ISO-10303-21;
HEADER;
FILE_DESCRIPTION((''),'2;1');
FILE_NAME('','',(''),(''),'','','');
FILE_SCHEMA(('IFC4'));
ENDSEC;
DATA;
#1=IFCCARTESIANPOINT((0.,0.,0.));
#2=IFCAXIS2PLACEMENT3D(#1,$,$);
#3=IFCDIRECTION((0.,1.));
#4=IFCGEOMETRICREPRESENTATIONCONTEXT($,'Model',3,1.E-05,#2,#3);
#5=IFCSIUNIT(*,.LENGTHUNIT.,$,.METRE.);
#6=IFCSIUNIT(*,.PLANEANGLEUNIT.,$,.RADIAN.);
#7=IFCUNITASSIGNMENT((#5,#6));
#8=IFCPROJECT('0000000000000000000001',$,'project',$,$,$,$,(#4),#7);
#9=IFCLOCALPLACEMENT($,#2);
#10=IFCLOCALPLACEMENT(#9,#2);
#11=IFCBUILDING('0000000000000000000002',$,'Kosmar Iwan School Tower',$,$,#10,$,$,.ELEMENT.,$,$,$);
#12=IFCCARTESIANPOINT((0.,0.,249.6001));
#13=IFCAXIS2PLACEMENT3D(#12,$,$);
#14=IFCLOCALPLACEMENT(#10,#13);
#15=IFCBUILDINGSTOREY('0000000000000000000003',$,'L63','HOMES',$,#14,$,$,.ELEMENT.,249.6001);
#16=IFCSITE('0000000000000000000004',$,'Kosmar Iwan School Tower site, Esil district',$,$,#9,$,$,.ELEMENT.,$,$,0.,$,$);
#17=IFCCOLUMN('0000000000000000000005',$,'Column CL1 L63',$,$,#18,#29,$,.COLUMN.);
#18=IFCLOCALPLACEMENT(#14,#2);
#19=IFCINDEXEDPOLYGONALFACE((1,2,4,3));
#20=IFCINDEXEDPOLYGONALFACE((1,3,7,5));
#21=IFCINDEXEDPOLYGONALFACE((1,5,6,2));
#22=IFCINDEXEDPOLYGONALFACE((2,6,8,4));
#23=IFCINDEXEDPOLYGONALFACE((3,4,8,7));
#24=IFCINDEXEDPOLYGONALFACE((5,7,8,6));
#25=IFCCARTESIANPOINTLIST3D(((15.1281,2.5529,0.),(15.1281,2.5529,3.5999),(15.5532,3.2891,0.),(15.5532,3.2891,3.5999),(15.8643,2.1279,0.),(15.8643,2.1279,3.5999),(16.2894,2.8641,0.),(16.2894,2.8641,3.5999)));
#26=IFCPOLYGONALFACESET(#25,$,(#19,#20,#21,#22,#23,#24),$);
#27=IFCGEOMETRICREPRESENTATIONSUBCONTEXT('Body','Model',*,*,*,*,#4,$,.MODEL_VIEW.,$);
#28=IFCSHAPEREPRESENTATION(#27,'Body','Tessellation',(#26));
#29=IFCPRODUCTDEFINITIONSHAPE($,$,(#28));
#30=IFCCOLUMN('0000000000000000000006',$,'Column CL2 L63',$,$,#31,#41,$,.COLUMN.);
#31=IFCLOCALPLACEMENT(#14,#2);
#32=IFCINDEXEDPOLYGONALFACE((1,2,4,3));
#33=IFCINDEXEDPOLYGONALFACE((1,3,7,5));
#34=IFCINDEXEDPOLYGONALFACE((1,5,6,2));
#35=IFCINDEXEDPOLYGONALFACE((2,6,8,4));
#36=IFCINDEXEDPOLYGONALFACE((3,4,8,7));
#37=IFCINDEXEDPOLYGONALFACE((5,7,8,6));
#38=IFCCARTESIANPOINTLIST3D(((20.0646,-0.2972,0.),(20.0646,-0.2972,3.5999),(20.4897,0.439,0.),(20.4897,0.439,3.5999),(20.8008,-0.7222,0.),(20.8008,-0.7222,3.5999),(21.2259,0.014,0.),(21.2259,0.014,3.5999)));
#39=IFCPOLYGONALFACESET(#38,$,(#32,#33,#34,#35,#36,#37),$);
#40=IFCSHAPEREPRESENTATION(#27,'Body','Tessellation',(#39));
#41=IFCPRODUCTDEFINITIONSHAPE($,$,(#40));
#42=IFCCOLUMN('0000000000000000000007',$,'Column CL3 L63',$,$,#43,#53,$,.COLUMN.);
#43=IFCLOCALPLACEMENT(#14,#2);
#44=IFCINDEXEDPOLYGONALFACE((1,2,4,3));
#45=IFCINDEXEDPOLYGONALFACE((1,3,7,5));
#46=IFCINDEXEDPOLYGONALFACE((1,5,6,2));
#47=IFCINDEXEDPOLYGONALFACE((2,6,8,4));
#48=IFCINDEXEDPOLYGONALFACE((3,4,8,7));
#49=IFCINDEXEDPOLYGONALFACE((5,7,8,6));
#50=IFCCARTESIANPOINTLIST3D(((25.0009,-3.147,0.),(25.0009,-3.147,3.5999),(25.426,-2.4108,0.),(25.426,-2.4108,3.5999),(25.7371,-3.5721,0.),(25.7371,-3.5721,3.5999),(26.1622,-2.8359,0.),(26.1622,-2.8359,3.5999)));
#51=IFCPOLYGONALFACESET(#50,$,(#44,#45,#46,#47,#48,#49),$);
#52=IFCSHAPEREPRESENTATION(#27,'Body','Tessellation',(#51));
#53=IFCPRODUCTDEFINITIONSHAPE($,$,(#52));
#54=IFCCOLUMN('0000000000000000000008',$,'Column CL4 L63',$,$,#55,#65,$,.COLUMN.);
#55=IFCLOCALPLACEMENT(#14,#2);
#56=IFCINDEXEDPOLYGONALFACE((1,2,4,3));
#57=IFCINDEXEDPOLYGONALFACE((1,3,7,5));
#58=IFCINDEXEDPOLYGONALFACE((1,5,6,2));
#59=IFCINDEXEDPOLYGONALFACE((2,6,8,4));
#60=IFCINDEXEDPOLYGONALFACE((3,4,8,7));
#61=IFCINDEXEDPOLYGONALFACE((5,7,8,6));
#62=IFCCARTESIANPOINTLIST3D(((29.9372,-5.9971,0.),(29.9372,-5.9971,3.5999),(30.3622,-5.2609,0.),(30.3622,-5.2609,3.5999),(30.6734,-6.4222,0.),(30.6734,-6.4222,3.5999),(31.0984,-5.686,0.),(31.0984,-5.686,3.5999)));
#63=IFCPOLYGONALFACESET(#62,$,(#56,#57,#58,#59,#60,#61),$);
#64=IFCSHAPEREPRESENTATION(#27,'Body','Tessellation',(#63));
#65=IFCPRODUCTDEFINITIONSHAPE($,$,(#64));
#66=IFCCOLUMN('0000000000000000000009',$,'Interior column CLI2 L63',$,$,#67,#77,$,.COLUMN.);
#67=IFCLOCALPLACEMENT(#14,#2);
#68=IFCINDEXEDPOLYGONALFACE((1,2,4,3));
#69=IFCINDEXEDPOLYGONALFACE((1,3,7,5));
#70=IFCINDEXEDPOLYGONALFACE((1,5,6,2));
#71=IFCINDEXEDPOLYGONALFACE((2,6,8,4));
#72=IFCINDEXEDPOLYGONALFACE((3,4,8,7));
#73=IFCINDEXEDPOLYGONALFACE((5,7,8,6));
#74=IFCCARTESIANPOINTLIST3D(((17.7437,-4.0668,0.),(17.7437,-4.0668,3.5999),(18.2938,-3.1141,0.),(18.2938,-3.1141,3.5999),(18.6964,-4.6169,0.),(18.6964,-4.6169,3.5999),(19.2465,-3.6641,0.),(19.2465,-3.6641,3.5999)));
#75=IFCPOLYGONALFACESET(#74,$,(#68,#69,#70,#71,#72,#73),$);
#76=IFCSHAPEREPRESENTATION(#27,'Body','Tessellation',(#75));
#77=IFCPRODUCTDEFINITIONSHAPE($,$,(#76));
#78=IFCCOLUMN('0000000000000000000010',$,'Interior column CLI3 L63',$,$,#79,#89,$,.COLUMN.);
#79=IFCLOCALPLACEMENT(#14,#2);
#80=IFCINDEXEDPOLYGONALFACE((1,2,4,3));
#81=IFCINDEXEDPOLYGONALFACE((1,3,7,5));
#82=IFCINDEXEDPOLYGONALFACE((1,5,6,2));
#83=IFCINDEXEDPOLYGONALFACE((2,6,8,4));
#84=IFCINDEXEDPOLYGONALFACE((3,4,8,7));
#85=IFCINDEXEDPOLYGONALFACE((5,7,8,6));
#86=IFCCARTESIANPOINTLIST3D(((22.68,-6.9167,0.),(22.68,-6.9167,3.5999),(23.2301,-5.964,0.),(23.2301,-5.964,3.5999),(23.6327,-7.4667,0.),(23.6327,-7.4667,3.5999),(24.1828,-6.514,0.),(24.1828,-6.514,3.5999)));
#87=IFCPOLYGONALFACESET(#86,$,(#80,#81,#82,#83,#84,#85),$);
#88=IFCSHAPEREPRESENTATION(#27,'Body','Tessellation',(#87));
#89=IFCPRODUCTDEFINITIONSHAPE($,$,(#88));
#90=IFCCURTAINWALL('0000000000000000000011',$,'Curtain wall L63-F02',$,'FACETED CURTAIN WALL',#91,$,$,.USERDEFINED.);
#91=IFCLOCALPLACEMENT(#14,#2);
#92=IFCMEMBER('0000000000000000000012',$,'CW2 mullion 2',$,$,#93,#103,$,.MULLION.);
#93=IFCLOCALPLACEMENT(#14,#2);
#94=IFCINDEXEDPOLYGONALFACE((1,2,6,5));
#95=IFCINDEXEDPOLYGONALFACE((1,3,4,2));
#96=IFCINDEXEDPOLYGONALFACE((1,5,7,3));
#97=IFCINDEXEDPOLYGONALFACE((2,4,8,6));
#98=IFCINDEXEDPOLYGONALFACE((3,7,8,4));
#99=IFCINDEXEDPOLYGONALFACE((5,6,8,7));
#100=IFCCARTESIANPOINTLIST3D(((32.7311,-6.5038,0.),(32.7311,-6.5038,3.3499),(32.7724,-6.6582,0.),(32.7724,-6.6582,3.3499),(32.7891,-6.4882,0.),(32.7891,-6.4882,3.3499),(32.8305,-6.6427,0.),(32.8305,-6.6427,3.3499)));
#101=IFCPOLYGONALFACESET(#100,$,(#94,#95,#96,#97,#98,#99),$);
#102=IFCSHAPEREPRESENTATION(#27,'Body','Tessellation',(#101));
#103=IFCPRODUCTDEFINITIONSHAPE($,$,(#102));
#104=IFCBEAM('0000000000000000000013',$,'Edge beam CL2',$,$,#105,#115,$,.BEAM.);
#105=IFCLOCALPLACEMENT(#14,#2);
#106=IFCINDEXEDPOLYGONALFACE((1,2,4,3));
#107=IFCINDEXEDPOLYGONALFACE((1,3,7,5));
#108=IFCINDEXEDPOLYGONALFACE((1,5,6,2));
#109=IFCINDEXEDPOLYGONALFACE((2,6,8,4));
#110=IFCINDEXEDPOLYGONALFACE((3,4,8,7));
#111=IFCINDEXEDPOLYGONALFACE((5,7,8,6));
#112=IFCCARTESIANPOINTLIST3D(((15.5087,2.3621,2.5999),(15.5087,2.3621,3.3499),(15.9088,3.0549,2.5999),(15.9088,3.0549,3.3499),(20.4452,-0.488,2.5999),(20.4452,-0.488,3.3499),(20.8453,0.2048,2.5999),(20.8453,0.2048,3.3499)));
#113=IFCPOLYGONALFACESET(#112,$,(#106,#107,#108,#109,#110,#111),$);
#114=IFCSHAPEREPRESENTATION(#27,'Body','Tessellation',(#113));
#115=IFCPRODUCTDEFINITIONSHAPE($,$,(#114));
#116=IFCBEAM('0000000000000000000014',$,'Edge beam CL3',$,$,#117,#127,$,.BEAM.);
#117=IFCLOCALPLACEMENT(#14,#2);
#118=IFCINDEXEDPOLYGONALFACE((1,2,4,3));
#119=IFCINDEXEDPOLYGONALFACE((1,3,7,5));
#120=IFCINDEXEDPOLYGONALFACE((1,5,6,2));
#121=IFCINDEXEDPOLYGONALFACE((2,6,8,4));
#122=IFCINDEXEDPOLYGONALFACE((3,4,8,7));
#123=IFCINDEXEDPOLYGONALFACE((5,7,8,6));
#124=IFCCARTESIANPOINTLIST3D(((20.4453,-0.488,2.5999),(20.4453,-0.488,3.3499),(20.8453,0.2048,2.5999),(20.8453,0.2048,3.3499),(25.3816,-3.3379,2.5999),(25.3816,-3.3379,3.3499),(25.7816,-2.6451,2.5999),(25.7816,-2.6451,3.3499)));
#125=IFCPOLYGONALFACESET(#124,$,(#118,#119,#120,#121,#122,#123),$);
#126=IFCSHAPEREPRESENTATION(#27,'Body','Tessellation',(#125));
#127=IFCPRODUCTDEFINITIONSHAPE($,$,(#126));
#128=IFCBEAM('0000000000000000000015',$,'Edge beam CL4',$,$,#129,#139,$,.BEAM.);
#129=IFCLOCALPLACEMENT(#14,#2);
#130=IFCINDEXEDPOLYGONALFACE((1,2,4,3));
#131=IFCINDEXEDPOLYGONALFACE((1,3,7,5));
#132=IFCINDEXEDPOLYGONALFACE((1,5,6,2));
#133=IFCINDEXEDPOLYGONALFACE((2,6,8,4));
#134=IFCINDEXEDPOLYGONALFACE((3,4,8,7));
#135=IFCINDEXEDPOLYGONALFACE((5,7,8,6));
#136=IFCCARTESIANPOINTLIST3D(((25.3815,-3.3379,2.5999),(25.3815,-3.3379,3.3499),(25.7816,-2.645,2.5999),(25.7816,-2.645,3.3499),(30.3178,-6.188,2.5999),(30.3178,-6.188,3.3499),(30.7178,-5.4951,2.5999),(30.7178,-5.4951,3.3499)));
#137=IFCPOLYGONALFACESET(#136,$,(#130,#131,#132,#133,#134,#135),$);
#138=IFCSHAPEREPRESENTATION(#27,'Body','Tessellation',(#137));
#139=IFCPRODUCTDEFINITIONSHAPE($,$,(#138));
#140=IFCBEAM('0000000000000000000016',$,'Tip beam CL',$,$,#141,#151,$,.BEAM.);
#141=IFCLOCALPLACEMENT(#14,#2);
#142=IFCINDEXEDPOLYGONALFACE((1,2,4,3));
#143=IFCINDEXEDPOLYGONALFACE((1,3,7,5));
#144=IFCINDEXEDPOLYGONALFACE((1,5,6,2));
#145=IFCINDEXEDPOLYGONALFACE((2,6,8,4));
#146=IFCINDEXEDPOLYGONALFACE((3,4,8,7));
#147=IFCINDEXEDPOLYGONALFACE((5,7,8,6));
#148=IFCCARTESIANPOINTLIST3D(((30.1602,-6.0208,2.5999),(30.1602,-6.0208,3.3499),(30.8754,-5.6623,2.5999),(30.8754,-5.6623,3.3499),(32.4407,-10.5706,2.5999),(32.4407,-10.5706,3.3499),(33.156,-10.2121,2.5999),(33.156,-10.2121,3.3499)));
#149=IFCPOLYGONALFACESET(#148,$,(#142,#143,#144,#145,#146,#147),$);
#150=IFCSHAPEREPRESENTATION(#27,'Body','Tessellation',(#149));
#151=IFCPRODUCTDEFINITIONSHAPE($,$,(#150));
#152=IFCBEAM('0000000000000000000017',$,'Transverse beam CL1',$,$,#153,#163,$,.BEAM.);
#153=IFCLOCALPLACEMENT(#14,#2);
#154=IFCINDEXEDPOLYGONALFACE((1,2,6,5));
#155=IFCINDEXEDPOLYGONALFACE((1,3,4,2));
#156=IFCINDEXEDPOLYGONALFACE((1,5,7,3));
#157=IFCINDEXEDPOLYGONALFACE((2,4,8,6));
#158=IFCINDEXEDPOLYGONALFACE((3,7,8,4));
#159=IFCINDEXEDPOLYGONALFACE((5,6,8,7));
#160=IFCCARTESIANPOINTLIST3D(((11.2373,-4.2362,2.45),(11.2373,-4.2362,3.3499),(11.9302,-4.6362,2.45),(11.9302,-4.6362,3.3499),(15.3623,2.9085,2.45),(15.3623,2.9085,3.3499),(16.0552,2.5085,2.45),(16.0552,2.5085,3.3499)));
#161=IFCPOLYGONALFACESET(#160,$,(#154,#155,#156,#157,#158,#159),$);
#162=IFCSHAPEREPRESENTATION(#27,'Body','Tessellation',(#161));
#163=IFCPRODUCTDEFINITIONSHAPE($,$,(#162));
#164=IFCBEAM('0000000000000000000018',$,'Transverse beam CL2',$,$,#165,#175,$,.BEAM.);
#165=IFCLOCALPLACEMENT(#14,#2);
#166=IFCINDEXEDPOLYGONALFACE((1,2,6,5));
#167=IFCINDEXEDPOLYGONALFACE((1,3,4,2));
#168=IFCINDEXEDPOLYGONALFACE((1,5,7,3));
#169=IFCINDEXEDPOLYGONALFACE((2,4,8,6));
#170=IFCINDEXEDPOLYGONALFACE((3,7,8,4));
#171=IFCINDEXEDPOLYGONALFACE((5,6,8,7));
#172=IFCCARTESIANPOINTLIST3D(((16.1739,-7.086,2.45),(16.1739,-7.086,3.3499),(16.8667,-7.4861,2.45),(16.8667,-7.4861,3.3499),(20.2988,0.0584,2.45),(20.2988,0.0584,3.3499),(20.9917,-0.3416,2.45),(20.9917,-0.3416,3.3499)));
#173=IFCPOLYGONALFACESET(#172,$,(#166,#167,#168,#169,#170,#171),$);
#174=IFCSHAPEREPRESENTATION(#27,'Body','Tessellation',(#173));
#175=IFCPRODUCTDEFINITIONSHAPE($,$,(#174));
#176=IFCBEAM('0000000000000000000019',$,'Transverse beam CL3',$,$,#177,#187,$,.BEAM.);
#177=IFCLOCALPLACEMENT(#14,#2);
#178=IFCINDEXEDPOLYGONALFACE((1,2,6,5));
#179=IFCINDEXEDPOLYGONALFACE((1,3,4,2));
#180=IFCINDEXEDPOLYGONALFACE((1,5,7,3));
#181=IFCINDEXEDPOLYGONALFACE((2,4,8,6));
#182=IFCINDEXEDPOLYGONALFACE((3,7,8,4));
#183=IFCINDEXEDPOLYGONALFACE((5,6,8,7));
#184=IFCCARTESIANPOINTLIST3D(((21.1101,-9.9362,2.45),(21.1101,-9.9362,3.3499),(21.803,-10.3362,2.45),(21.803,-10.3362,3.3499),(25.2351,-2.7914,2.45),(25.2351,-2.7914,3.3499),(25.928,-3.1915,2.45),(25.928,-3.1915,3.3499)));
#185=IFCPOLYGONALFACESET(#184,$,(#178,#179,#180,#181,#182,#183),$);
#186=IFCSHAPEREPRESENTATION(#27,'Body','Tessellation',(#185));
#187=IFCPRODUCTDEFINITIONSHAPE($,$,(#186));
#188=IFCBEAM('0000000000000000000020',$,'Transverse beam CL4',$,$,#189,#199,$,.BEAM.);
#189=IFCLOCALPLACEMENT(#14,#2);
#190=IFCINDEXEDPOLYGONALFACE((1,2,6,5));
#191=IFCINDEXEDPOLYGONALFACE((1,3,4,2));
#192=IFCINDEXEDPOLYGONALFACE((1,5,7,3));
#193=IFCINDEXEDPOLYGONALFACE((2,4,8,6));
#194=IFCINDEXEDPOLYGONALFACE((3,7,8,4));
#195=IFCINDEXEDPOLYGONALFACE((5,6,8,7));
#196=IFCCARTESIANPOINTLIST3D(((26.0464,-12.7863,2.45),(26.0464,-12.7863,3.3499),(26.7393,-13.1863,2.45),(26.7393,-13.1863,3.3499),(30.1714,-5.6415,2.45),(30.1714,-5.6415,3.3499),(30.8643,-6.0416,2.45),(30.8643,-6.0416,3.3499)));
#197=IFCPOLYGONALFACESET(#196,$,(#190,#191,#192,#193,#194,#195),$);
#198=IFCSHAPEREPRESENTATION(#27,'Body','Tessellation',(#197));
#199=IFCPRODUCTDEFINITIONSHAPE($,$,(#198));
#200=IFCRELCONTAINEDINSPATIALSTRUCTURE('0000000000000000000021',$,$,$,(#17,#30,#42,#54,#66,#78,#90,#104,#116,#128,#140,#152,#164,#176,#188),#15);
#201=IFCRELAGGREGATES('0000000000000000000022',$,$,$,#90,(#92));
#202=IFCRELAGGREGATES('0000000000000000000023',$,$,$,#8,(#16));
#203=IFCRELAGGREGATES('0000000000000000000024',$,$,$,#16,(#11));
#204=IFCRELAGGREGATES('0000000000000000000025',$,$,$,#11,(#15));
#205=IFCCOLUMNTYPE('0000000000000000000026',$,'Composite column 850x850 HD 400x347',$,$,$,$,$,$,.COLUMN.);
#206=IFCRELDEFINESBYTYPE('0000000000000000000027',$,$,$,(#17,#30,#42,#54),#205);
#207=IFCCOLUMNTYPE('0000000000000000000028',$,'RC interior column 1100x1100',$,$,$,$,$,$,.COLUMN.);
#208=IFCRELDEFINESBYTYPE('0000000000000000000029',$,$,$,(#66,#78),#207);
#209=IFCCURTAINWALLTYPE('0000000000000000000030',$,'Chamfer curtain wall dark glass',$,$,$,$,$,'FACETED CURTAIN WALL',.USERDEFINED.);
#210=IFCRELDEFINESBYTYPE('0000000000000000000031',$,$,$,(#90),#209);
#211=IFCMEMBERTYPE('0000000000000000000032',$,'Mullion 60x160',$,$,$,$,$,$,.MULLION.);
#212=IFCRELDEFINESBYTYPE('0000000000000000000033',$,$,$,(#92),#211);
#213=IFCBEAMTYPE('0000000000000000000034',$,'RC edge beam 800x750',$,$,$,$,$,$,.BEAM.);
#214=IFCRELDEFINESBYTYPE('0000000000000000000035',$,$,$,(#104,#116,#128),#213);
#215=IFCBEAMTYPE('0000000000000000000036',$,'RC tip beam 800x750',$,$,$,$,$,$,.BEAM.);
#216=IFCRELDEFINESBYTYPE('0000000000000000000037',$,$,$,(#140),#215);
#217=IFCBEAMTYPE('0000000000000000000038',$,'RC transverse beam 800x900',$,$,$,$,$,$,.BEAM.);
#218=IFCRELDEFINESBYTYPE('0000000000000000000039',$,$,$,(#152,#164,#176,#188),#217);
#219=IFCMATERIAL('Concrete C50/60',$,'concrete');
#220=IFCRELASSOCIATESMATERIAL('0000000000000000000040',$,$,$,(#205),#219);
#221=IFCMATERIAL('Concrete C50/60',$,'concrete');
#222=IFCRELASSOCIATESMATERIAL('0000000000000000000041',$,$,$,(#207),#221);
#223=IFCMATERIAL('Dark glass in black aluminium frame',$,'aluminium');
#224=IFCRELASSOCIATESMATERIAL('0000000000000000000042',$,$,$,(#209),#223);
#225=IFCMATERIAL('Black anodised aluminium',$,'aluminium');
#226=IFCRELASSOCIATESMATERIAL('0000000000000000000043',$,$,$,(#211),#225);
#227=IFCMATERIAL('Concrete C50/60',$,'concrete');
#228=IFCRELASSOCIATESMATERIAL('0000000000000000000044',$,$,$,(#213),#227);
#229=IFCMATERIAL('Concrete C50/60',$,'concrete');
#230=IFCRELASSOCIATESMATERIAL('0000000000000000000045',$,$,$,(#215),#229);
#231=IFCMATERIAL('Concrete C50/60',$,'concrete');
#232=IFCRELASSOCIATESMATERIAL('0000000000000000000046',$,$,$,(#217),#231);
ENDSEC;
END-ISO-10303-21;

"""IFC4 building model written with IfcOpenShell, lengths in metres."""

from ifc_helpers import new_model, si_unit, direction, frame, origin, origin_2d, place, context, subcontext, project, spatial, rectangle, extrude, material, material_profile, profile_set, type_object, element, aggregate, save


model = new_model("IFC4")

# Units and contexts
model_context = context("Model", 3, precision=1e-05, world=origin(), true_north=direction((0.0, 1.0)))
body_context = subcontext(model_context, "Body", "Model", "MODEL_VIEW")
ifc_project = project(units=[si_unit("LENGTHUNIT", "METRE"), si_unit("PLANEANGLEUNIT", "RADIAN")], contexts=[model_context])

# Site, building, storey
site_placement = place(None, origin())
site = spatial("IfcSite", under=ifc_project, at=site_placement, Name="Kosmar Iwan School Tower site, Esil district", CompositionType="ELEMENT", RefElevation=0.0)
building_placement = place(site_placement, origin())
building = spatial("IfcBuilding", under=site, at=building_placement, Name="Kosmar Iwan School Tower", CompositionType="ELEMENT")
storey_placement = place(building_placement, frame((0.0, 0.0, 249.6001)))
storey = spatial("IfcBuildingStorey", under=building, at=storey_placement, Name="L63", Description="HOMES", CompositionType="ELEMENT", Elevation=249.6001)

# Columns
ifc_material_1 = material(Name="Concrete C50/60", Category="concrete")
ifc_material_profile_1 = material_profile(ifc_material_1, rectangle(XDim=0.8501, YDim=0.8501, at=origin_2d()), Name="RC 850x850 + HD 400x347")
ifc_profile_set_1 = profile_set([ifc_material_profile_1], Name="Concrete C50/60")
column_type_1 = type_object("IfcColumnType", Name="Composite column 850x850 HD 400x347", PredefinedType="COLUMN", material=ifc_profile_set_1)
for number, where, z_axis, x_axis, name in (
    (1, (15.7087, 2.7085, 0.0), (0.0, 0.0, 1.0), (0.866025, -0.5, 0.0), "Column CL1 L63"),
    (2, (20.6453, -0.1416, 0.0), (0.0, 0.0, 1.0), (0.866025, -0.5, 0.0), "Column CL2 L63"),
    (3, (25.5815, -2.9915, 0.0), (0.0, 0.0, 1.0), (0.866025, -0.5, 0.0), "Column CL3 L63"),
    (4, (30.5178, -5.8416, 0.0), (0.0, 0.0, 1.0), (0.866025, -0.5, 0.0), "Column CL4 L63"),
):
    element("IfcColumn", number, at=place(storey_placement, frame(where, z_axis=z_axis, x_axis=x_axis)), inside=storey, type_object=column_type_1, Name=name, PredefinedType="COLUMN", context=body_context, shape_type="SweptSolid", body=[
        extrude(rectangle(XDim=0.8501, YDim=0.8501, at=origin_2d()), origin(), (0.0, 0.0, 1.0), 3.5999),
    ])
ifc_material_2 = material(Name="Concrete C50/60", Category="concrete")
ifc_material_profile_2 = material_profile(ifc_material_2, rectangle(XDim=1.1001, YDim=1.1001, at=origin_2d()), Name="RC 1100x1100")
ifc_profile_set_2 = profile_set([ifc_material_profile_2], Name="Concrete C50/60")
column_type_2 = type_object("IfcColumnType", Name="RC interior column 1100x1100", PredefinedType="COLUMN", material=ifc_profile_set_2)
for number, where, z_axis, x_axis, name in (
    (5, (18.4951, -3.8655, 0.0), (0.0, 0.0, 1.0), (0.866025, -0.5, 0.0), "Interior column CLI2 L63"),
    (6, (23.4314, -6.7153, 0.0), (0.0, 0.0, 1.0), (0.866025, -0.5, 0.0), "Interior column CLI3 L63"),
):
    element("IfcColumn", number, at=place(storey_placement, frame(where, z_axis=z_axis, x_axis=x_axis)), inside=storey, type_object=column_type_2, Name=name, PredefinedType="COLUMN", context=body_context, shape_type="SweptSolid", body=[
        extrude(rectangle(XDim=1.1001, YDim=1.1001, at=origin_2d()), origin(), (0.0, 0.0, 1.0), 3.5999),
    ])

# Curtain wall, member
ifc_material_3 = material(Name="Dark glass in black aluminium frame", Category="aluminium")
curtain_wall_type = type_object("IfcCurtainWallType", Name="Chamfer curtain wall dark glass", ElementType="FACETED CURTAIN WALL", PredefinedType="USERDEFINED", material=ifc_material_3)
curtain_wall_placement = place(storey_placement, origin())
curtain_wall = element("IfcCurtainWall", 7, at=curtain_wall_placement, inside=storey, type_object=curtain_wall_type, Name="Curtain wall L63-F02", ObjectType="FACETED CURTAIN WALL", PredefinedType="USERDEFINED")
ifc_material_4 = material(Name="Black anodised aluminium", Category="aluminium")
ifc_material_profile_3 = material_profile(ifc_material_4, rectangle(XDim=0.0601, YDim=0.1599, at=origin_2d()), Name="MULLION 60x160")
ifc_profile_set_3 = profile_set([ifc_material_profile_3], Name="Black anodised aluminium")
member_type = type_object("IfcMemberType", Name="Mullion 60x160", PredefinedType="MULLION", material=ifc_profile_set_3)
member_placement = place(storey_placement, frame((32.7808, -6.5732, 0.0), z_axis=(0.0, 0.0, 1.0), x_axis=(-0.965926, -0.258819, 0.0)))
member = element("IfcMember", 8, at=member_placement, type_object=member_type, Name="CW2 mullion 2", PredefinedType="MULLION", context=body_context, shape_type="SweptSolid", body=[
    extrude(rectangle(XDim=0.0601, YDim=0.1599, at=origin_2d()), origin(), (0.0, 0.0, 1.0), 3.3499),
])
aggregate(curtain_wall, [member])

# Beams
ifc_material_5 = material(Name="Concrete C50/60", Category="concrete")
ifc_material_profile_4 = material_profile(ifc_material_5, rectangle(XDim=0.8, YDim=0.75, at=origin_2d()), Name="RC 800x750")
ifc_profile_set_4 = profile_set([ifc_material_profile_4], Name="Concrete C50/60")
beam_type_1 = type_object("IfcBeamType", Name="RC edge beam 800x750", PredefinedType="BEAM", material=ifc_profile_set_4)
beam_1_placement = place(storey_placement, frame((15.7087, 2.7085, 2.9749), z_axis=(0.866026, -0.499999, 0.0), x_axis=(0.499999, 0.866026, 0.0)))
element("IfcBeam", 9, at=beam_1_placement, inside=storey, type_object=beam_type_1, Name="Edge beam CL2", PredefinedType="BEAM", context=body_context, shape_type="SweptSolid", body=[
    extrude(rectangle(XDim=0.8, YDim=0.75, at=origin_2d()), origin(), (0.0, 0.0, 1.0), 5.7002),
])
for number, where, z_axis, x_axis, name in (
    (10, (20.6453, -0.1416, 2.9749), (0.866034, -0.499986, 0.0), (0.499986, 0.866034, 0.0), "Edge beam CL3"),
    (11, (25.5815, -2.9915, 2.9749), (0.866015, -0.500018, 0.0), (0.500018, 0.866015, 0.0), "Edge beam CL4"),
):
    element("IfcBeam", number, at=place(storey_placement, frame(where, z_axis=z_axis, x_axis=x_axis)), inside=storey, type_object=beam_type_1, Name=name, PredefinedType="BEAM", context=body_context, shape_type="SweptSolid", body=[
        extrude(rectangle(XDim=0.8, YDim=0.75, at=origin_2d()), origin(), (0.0, 0.0, 1.0), 5.7),
    ])
ifc_material_6 = material(Name="Concrete C50/60", Category="concrete")
ifc_material_profile_5 = material_profile(ifc_material_6, rectangle(XDim=0.8, YDim=0.75, at=origin_2d()), Name="RC 800x750")
ifc_profile_set_5 = profile_set([ifc_material_profile_5], Name="Concrete C50/60")
beam_type_2 = type_object("IfcBeamType", Name="RC tip beam 800x750", PredefinedType="BEAM", material=ifc_profile_set_5)
beam_2_placement = place(storey_placement, frame((30.5178, -5.8416, 2.9749), z_axis=(0.448096, -0.893985, 0.0), x_axis=(0.893985, 0.448096, 0.0)))
element("IfcBeam", 12, at=beam_2_placement, inside=storey, type_object=beam_type_2, Name="Tip beam CL", PredefinedType="BEAM", context=body_context, shape_type="SweptSolid", body=[
    extrude(rectangle(XDim=0.8, YDim=0.75, at=origin_2d()), origin(), (0.0, 0.0, 1.0), 5.0894),
])
ifc_material_7 = material(Name="Concrete C50/60", Category="concrete")
ifc_material_profile_6 = material_profile(ifc_material_7, rectangle(XDim=0.8, YDim=0.8999, at=origin_2d()), Name="RC 800x900")
ifc_profile_set_6 = profile_set([ifc_material_profile_6], Name="Concrete C50/60")
beam_type_3 = type_object("IfcBeamType", Name="RC transverse beam 800x900", PredefinedType="BEAM", material=ifc_profile_set_6)
beam_3_placement = place(storey_placement, frame((15.7087, 2.7085, 2.8999), z_axis=(-0.499997, -0.866027, 0.0), x_axis=(0.866027, -0.499997, 0.0)))
element("IfcBeam", 13, at=beam_3_placement, inside=storey, type_object=beam_type_3, Name="Transverse beam CL1", PredefinedType="BEAM", context=body_context, shape_type="SweptSolid", body=[
    extrude(rectangle(XDim=0.8, YDim=0.8999, at=origin_2d()), origin(), (0.0, 0.0, 1.0), 8.25),
])
beam_4_placement = place(storey_placement, frame((20.6453, -0.1416, 2.8999), z_axis=(-0.500009, -0.86602, 0.0), x_axis=(0.86602, -0.500009, 0.0)))
element("IfcBeam", 14, at=beam_4_placement, inside=storey, type_object=beam_type_3, Name="Transverse beam CL2", PredefinedType="BEAM", context=body_context, shape_type="SweptSolid", body=[
    extrude(rectangle(XDim=0.8, YDim=0.8999, at=origin_2d()), origin(), (0.0, 0.0, 1.0), 8.2498),
])
for number, where, z_axis, x_axis, name in (
    (15, (25.5815, -2.9915, 2.8999), (-0.499997, -0.866027, 0.0), (0.866027, -0.499997, 0.0), "Transverse beam CL3"),
    (16, (30.5178, -5.8416, 2.8999), (-0.499997, -0.866027, 0.0), (0.866027, -0.499997, 0.0), "Transverse beam CL4"),
):
    element("IfcBeam", number, at=place(storey_placement, frame(where, z_axis=z_axis, x_axis=x_axis)), inside=storey, type_object=beam_type_3, Name=name, PredefinedType="BEAM", context=body_context, shape_type="SweptSolid", body=[
        extrude(rectangle(XDim=0.8, YDim=0.8999, at=origin_2d()), origin(), (0.0, 0.0, 1.0), 8.25),
    ])

save(model, "model.ifc")
